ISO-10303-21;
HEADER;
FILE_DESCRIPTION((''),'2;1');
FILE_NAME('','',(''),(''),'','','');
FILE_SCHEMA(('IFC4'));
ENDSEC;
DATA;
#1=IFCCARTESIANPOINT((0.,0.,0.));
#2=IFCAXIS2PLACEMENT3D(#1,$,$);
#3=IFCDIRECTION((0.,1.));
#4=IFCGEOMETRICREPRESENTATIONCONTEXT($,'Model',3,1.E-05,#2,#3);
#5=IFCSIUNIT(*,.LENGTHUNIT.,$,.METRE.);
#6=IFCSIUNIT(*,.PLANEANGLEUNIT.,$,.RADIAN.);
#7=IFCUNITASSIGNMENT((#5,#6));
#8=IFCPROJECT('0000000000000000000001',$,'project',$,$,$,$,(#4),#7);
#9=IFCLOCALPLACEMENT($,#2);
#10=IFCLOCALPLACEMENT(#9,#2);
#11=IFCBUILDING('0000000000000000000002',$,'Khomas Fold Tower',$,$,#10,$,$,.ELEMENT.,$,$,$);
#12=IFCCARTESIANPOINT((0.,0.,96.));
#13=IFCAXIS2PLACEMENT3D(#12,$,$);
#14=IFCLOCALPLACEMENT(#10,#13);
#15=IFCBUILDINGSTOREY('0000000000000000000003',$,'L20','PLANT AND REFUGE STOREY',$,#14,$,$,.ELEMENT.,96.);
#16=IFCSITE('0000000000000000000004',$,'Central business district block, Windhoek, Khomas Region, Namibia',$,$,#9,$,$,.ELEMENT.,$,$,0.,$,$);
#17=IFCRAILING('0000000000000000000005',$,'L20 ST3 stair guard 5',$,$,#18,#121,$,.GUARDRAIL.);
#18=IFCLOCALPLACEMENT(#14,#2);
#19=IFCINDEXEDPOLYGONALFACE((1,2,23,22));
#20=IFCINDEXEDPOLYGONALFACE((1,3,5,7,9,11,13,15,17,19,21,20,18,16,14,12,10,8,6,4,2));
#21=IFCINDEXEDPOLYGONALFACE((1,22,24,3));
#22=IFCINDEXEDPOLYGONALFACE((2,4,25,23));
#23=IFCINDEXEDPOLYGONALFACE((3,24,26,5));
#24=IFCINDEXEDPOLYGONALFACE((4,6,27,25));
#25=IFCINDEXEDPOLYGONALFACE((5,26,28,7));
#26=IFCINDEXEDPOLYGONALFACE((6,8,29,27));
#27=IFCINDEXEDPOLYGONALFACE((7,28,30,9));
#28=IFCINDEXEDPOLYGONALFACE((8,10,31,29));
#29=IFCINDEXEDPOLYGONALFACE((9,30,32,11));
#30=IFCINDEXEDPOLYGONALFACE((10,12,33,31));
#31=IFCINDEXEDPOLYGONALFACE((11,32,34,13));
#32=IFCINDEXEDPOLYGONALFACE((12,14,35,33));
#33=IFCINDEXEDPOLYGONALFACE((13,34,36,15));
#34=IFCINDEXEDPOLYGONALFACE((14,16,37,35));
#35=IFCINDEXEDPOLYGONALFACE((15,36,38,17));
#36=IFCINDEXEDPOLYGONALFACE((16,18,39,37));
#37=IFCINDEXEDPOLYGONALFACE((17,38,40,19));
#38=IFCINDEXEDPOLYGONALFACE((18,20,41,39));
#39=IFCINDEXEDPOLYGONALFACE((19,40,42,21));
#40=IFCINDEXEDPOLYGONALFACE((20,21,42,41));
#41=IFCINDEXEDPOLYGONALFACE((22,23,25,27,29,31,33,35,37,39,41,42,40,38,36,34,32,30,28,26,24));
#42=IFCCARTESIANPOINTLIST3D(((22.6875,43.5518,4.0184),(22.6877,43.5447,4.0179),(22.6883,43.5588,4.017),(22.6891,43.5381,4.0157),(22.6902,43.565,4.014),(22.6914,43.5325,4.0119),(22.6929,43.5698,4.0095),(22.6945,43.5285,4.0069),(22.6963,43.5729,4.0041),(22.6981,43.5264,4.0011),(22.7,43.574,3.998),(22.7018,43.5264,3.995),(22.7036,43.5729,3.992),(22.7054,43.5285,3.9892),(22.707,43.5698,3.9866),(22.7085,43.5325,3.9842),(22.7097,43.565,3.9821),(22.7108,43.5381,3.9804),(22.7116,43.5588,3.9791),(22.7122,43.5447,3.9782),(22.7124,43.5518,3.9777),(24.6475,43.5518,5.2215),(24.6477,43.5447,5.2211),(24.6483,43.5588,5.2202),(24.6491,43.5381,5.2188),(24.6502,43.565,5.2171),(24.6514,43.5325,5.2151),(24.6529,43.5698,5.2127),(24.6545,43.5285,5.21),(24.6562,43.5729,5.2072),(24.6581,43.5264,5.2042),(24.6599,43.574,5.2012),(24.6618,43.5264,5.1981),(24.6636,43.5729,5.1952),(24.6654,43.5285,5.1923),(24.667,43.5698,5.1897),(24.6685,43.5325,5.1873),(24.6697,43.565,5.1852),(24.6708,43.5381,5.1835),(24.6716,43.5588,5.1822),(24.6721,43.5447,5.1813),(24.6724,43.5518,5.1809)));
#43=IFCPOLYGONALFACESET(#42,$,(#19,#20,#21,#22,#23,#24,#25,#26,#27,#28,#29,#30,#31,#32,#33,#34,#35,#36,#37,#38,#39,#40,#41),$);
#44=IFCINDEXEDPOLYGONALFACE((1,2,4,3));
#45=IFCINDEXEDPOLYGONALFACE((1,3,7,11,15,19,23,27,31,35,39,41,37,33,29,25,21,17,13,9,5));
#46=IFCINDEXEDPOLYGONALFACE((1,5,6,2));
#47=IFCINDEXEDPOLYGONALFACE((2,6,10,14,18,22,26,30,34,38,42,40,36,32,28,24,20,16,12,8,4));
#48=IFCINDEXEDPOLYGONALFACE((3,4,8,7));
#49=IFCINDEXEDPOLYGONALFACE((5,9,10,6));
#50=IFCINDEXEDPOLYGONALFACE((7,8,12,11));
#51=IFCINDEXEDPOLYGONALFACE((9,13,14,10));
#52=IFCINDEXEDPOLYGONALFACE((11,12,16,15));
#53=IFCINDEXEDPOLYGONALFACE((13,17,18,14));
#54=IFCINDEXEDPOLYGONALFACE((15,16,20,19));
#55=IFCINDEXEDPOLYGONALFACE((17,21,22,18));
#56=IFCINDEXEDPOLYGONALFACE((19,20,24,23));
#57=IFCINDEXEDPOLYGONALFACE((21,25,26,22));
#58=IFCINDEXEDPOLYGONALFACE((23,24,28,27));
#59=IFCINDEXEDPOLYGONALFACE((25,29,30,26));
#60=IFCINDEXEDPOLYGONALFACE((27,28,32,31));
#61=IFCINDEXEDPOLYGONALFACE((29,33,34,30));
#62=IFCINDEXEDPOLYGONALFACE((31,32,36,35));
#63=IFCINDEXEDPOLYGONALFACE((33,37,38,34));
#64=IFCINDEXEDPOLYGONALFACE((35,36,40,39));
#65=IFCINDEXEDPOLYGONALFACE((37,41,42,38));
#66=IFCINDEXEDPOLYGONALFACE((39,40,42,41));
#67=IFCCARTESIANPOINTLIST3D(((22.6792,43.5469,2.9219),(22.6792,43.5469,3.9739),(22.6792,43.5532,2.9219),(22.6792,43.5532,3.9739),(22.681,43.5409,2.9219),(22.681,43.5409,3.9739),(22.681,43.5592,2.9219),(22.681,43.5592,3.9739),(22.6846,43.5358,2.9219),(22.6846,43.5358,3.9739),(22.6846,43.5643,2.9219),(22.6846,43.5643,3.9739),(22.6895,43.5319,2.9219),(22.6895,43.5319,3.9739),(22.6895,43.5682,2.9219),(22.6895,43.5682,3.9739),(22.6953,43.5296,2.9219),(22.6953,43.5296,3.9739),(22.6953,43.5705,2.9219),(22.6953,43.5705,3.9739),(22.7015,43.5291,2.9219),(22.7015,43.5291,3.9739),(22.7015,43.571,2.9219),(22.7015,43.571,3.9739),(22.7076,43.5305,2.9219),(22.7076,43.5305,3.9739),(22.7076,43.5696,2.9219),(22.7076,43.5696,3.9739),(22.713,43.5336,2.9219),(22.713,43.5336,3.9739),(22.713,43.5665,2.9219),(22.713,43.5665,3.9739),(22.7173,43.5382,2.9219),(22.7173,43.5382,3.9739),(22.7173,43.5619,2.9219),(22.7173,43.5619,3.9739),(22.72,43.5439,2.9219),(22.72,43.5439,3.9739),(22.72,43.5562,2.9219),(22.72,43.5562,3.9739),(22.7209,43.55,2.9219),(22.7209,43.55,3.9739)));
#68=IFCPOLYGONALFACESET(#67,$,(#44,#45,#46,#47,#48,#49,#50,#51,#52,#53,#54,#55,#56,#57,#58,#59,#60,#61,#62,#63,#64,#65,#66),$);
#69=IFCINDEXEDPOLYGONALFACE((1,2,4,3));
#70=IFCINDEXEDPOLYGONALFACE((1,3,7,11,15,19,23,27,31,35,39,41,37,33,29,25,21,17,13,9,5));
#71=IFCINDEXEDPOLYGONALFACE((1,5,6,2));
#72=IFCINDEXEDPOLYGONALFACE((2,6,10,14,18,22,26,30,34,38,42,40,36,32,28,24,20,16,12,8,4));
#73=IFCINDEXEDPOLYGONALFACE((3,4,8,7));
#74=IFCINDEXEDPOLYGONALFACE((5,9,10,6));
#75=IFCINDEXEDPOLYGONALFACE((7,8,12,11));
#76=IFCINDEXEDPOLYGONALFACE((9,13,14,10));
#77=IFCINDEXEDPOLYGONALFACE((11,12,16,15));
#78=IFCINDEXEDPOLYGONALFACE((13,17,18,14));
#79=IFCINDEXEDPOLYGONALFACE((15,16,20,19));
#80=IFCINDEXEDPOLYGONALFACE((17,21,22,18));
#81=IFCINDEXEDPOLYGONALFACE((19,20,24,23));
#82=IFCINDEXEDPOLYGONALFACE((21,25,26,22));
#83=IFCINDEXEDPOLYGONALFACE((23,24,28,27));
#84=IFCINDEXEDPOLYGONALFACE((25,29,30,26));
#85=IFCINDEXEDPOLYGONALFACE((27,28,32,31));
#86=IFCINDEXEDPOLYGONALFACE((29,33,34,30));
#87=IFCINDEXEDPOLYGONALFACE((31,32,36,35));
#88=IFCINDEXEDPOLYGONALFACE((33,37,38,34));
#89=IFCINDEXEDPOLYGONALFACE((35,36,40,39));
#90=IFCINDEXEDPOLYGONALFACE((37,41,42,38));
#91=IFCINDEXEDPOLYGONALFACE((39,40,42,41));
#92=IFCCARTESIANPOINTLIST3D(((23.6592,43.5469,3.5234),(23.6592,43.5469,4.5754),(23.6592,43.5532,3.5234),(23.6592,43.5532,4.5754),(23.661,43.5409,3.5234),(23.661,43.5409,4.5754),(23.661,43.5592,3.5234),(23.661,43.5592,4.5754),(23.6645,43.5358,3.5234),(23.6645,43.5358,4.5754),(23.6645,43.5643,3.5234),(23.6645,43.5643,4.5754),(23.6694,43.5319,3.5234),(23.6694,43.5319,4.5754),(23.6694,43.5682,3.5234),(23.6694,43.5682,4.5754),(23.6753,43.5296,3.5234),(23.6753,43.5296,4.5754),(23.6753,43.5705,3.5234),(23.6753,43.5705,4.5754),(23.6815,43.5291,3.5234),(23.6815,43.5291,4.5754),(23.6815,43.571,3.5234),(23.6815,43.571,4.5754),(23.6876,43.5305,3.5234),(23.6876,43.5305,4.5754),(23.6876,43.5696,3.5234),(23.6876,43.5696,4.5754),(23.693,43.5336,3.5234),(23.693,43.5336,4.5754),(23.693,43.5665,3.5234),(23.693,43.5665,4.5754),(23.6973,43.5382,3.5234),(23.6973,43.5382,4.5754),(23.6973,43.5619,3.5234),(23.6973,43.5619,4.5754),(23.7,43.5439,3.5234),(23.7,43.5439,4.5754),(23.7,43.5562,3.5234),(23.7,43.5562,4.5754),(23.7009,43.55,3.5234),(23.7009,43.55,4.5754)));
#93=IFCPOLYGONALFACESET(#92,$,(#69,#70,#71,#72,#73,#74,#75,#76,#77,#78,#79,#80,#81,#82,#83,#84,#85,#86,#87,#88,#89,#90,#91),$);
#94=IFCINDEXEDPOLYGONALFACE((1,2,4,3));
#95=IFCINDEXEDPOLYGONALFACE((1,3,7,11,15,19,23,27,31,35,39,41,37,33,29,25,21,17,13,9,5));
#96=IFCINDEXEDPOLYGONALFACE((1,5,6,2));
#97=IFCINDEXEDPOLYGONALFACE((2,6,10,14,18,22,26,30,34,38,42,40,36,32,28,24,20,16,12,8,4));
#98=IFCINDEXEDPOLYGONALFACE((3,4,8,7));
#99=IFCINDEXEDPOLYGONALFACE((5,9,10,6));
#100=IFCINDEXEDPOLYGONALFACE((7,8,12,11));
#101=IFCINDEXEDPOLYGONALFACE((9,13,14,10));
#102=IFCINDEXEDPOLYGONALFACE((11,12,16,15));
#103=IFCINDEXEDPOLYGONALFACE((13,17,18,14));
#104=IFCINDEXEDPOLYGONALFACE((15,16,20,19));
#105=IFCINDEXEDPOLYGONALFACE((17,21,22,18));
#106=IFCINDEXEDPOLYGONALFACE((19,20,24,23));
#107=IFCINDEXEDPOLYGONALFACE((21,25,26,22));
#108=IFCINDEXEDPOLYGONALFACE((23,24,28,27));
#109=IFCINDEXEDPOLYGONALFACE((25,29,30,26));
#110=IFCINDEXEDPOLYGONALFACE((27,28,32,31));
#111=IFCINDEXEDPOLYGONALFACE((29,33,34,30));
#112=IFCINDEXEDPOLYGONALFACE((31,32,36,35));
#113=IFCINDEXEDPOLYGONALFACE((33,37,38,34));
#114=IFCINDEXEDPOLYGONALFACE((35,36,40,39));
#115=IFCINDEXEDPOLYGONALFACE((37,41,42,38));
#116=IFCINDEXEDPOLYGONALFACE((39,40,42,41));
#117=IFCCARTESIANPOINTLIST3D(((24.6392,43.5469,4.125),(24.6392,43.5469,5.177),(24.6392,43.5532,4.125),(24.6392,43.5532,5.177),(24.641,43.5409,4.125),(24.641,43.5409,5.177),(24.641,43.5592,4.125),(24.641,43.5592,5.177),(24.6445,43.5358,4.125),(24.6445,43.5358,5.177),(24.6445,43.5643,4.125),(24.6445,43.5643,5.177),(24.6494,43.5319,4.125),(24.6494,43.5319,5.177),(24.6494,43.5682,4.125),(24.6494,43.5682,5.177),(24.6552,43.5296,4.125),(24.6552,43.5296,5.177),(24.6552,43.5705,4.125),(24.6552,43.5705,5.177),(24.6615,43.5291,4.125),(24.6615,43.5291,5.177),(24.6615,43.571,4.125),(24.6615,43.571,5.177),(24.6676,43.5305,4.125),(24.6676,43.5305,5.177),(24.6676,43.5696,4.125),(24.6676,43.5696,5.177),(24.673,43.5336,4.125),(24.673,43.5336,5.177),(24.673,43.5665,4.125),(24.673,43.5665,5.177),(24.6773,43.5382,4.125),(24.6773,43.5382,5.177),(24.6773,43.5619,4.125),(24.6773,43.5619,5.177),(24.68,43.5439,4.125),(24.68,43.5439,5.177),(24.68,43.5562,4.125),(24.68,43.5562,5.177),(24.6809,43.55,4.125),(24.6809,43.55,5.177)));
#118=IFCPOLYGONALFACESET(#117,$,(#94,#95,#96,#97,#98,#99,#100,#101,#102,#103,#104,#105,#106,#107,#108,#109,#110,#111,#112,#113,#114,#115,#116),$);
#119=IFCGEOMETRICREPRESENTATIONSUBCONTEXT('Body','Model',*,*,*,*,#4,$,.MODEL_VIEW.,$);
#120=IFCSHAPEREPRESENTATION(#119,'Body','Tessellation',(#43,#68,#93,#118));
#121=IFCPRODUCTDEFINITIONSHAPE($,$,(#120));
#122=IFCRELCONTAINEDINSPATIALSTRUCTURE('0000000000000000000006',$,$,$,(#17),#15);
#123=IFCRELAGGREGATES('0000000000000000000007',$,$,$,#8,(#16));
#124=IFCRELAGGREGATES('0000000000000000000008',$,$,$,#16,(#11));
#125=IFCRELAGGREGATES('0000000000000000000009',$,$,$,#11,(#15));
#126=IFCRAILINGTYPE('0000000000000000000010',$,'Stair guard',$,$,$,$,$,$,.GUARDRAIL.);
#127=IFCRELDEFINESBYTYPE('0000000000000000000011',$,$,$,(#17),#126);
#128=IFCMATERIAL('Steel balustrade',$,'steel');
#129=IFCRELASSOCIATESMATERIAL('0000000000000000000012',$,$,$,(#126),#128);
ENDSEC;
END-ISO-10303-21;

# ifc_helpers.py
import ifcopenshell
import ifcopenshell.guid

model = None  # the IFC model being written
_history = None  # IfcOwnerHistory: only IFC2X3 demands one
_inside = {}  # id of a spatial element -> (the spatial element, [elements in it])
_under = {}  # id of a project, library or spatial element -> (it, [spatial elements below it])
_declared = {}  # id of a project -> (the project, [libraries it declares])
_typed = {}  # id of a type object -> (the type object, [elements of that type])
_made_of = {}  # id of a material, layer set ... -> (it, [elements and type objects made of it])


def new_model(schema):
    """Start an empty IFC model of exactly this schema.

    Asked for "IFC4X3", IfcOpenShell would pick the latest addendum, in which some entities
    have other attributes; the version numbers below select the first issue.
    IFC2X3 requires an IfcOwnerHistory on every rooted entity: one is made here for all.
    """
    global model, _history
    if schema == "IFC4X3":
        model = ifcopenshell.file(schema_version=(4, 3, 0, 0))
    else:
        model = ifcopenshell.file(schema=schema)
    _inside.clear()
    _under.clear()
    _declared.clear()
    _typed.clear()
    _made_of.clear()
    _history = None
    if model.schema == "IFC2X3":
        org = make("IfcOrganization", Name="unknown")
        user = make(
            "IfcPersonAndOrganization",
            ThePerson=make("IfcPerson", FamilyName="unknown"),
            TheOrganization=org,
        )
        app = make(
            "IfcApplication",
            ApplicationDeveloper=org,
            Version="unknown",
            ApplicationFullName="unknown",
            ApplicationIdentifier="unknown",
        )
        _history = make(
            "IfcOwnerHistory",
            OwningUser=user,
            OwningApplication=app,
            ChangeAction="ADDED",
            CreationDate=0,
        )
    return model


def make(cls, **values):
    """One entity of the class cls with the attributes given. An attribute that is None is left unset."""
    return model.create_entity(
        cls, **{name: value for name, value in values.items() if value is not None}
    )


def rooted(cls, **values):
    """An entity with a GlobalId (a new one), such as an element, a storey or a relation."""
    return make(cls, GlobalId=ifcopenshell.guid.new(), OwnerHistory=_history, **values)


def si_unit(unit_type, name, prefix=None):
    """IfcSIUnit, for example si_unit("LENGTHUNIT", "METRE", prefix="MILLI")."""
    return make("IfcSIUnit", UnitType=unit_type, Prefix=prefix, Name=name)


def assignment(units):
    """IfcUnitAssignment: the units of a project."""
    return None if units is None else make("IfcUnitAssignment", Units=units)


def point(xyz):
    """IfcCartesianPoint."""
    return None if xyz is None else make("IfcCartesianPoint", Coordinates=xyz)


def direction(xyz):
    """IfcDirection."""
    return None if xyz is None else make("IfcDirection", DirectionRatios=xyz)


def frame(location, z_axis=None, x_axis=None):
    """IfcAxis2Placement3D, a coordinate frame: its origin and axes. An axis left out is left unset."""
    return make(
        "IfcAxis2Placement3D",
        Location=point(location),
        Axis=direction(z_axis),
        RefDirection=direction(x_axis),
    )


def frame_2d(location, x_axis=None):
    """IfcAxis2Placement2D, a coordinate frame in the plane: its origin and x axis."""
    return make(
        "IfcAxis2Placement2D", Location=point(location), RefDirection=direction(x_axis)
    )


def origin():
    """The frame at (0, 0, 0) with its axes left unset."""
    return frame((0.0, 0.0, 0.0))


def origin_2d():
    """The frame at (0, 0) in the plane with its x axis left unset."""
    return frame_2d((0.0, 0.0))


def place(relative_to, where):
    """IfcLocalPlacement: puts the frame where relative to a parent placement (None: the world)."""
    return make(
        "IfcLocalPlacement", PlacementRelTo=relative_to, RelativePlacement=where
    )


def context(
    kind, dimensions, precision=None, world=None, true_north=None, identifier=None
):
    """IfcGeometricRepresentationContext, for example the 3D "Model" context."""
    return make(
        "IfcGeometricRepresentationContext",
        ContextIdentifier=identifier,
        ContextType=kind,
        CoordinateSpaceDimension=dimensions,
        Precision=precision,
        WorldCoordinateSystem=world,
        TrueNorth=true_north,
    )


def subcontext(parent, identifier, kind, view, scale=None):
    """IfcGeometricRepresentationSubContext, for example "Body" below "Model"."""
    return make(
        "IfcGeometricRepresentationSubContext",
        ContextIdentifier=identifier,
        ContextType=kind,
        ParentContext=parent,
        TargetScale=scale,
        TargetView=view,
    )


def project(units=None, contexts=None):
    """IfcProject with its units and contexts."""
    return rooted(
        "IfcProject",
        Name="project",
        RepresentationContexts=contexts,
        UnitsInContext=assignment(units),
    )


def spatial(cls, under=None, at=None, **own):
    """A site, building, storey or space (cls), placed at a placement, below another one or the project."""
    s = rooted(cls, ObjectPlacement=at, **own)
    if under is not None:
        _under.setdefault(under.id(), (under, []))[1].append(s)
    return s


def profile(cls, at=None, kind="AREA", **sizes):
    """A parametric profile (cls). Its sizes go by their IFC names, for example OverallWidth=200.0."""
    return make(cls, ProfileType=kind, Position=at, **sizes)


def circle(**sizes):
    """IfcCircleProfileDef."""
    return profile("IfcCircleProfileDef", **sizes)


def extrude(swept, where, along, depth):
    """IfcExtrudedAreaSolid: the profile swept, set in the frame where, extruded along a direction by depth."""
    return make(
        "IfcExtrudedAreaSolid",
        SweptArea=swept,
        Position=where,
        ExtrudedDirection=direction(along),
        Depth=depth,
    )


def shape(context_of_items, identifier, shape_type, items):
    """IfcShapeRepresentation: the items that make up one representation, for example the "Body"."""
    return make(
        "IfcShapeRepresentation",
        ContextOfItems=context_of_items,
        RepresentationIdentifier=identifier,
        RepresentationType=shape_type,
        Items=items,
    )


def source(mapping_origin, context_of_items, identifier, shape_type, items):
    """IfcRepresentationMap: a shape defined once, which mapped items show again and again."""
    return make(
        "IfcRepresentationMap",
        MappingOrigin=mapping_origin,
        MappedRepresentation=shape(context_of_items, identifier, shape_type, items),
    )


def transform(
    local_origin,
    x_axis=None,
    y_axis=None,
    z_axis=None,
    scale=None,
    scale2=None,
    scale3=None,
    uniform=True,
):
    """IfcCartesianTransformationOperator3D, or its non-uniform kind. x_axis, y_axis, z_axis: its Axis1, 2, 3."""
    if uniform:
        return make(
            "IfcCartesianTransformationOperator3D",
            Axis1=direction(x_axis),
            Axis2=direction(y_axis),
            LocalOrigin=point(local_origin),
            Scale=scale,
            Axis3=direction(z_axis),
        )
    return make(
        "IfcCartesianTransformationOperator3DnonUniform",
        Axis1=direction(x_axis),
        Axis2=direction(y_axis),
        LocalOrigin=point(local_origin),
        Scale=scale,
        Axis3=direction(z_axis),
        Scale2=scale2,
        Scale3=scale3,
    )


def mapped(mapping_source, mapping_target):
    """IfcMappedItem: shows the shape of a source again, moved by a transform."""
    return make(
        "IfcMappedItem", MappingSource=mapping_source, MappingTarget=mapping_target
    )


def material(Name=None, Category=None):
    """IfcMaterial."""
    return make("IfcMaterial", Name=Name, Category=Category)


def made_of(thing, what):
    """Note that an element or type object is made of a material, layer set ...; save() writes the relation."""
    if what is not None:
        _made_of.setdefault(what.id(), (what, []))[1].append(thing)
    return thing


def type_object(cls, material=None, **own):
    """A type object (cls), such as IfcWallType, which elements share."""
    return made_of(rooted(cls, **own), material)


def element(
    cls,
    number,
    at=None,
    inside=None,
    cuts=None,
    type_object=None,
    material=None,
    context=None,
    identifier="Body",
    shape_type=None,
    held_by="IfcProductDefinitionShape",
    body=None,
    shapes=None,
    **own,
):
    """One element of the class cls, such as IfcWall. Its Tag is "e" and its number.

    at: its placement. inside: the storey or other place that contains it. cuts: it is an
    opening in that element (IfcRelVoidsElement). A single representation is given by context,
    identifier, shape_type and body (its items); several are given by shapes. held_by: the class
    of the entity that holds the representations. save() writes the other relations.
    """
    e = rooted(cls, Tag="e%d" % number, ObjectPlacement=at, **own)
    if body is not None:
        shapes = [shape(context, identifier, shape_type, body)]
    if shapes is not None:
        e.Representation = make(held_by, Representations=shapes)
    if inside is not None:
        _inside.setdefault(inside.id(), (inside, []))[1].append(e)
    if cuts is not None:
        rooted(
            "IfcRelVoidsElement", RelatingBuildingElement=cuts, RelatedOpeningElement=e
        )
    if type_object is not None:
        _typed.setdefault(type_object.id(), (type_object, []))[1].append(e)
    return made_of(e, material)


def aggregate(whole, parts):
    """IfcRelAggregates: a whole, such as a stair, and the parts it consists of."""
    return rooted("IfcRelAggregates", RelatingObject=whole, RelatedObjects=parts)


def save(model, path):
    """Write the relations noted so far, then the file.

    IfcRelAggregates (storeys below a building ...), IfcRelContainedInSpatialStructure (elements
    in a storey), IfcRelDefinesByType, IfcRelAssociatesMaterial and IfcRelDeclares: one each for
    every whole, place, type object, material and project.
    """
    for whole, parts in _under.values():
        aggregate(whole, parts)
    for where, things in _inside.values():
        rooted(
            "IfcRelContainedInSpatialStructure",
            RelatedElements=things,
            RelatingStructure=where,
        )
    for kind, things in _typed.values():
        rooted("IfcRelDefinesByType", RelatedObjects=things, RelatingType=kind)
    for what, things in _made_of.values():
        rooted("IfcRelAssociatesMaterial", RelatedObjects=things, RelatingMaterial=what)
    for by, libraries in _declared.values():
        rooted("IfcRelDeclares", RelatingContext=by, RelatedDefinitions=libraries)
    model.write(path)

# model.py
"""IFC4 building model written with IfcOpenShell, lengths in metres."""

from ifc_helpers import new_model, si_unit, direction, frame, origin, origin_2d, place, context, subcontext, project, spatial, circle, extrude, source, transform, mapped, material, type_object, element, save


model = new_model("IFC4")

# Units and contexts
model_context = context("Model", 3, precision=1e-05, world=origin(), true_north=direction((0.0, 1.0)))
body_context = subcontext(model_context, "Body", "Model", "MODEL_VIEW")
ifc_project = project(units=[si_unit("LENGTHUNIT", "METRE"), si_unit("PLANEANGLEUNIT", "RADIAN")], contexts=[model_context])

# Site, building, storey
site_placement = place(None, origin())
site = spatial("IfcSite", under=ifc_project, at=site_placement, Name="Central business district block, Windhoek, Khomas Region, Namibia", CompositionType="ELEMENT", RefElevation=0.0)
building_placement = place(site_placement, origin())
building = spatial("IfcBuilding", under=site, at=building_placement, Name="Khomas Fold Tower", CompositionType="ELEMENT")
storey_placement = place(building_placement, frame((0.0, 0.0, 96.0)))
storey = spatial("IfcBuildingStorey", under=building, at=storey_placement, Name="L20", Description="PLANT AND REFUGE STOREY", CompositionType="ELEMENT", Elevation=96.0)

# Railing
ifc_material_1 = material(Name="Steel balustrade", Category="steel")
railing_type_1 = type_object("IfcRailingType", Name="Stair guard", PredefinedType="GUARDRAIL", material=ifc_material_1)
shared_shape_1 = source(origin(), body_context, "Body", "SweptSolid", [
    extrude(circle(Radius=0.0239, at=origin_2d()), frame((0.0, 0.0, 1.0762), z_axis=(0.852241, 0.0, 0.523149), x_axis=(0.0, 1.0, 0.0)), (0.0, 0.0, 1.0), 2.2998),
    extrude(circle(Radius=0.021, at=origin_2d()), origin(), (0.0, 0.0, 1.0), 1.052),
    extrude(circle(Radius=0.021, at=origin_2d()), frame((0.98, 0.0, 0.6016)), (0.0, 0.0, 1.0), 1.052),
    extrude(circle(Radius=0.021, at=origin_2d()), frame((1.96, 0.0, 1.2031)), (0.0, 0.0, 1.0), 1.052),
])
for number, where, name in (
    (1, (22.7, 43.55, 2.9219), "L20 ST3 stair guard 5"),
):
    element("IfcRailing", number, at=place(storey_placement, frame(where)), inside=storey, type_object=railing_type_1, Name=name, PredefinedType="GUARDRAIL", context=body_context, shape_type="MappedRepresentation", body=[
        mapped(shared_shape_1, transform((0.0, 0.0, 0.0))),
    ])

save(model, "model.ifc")
